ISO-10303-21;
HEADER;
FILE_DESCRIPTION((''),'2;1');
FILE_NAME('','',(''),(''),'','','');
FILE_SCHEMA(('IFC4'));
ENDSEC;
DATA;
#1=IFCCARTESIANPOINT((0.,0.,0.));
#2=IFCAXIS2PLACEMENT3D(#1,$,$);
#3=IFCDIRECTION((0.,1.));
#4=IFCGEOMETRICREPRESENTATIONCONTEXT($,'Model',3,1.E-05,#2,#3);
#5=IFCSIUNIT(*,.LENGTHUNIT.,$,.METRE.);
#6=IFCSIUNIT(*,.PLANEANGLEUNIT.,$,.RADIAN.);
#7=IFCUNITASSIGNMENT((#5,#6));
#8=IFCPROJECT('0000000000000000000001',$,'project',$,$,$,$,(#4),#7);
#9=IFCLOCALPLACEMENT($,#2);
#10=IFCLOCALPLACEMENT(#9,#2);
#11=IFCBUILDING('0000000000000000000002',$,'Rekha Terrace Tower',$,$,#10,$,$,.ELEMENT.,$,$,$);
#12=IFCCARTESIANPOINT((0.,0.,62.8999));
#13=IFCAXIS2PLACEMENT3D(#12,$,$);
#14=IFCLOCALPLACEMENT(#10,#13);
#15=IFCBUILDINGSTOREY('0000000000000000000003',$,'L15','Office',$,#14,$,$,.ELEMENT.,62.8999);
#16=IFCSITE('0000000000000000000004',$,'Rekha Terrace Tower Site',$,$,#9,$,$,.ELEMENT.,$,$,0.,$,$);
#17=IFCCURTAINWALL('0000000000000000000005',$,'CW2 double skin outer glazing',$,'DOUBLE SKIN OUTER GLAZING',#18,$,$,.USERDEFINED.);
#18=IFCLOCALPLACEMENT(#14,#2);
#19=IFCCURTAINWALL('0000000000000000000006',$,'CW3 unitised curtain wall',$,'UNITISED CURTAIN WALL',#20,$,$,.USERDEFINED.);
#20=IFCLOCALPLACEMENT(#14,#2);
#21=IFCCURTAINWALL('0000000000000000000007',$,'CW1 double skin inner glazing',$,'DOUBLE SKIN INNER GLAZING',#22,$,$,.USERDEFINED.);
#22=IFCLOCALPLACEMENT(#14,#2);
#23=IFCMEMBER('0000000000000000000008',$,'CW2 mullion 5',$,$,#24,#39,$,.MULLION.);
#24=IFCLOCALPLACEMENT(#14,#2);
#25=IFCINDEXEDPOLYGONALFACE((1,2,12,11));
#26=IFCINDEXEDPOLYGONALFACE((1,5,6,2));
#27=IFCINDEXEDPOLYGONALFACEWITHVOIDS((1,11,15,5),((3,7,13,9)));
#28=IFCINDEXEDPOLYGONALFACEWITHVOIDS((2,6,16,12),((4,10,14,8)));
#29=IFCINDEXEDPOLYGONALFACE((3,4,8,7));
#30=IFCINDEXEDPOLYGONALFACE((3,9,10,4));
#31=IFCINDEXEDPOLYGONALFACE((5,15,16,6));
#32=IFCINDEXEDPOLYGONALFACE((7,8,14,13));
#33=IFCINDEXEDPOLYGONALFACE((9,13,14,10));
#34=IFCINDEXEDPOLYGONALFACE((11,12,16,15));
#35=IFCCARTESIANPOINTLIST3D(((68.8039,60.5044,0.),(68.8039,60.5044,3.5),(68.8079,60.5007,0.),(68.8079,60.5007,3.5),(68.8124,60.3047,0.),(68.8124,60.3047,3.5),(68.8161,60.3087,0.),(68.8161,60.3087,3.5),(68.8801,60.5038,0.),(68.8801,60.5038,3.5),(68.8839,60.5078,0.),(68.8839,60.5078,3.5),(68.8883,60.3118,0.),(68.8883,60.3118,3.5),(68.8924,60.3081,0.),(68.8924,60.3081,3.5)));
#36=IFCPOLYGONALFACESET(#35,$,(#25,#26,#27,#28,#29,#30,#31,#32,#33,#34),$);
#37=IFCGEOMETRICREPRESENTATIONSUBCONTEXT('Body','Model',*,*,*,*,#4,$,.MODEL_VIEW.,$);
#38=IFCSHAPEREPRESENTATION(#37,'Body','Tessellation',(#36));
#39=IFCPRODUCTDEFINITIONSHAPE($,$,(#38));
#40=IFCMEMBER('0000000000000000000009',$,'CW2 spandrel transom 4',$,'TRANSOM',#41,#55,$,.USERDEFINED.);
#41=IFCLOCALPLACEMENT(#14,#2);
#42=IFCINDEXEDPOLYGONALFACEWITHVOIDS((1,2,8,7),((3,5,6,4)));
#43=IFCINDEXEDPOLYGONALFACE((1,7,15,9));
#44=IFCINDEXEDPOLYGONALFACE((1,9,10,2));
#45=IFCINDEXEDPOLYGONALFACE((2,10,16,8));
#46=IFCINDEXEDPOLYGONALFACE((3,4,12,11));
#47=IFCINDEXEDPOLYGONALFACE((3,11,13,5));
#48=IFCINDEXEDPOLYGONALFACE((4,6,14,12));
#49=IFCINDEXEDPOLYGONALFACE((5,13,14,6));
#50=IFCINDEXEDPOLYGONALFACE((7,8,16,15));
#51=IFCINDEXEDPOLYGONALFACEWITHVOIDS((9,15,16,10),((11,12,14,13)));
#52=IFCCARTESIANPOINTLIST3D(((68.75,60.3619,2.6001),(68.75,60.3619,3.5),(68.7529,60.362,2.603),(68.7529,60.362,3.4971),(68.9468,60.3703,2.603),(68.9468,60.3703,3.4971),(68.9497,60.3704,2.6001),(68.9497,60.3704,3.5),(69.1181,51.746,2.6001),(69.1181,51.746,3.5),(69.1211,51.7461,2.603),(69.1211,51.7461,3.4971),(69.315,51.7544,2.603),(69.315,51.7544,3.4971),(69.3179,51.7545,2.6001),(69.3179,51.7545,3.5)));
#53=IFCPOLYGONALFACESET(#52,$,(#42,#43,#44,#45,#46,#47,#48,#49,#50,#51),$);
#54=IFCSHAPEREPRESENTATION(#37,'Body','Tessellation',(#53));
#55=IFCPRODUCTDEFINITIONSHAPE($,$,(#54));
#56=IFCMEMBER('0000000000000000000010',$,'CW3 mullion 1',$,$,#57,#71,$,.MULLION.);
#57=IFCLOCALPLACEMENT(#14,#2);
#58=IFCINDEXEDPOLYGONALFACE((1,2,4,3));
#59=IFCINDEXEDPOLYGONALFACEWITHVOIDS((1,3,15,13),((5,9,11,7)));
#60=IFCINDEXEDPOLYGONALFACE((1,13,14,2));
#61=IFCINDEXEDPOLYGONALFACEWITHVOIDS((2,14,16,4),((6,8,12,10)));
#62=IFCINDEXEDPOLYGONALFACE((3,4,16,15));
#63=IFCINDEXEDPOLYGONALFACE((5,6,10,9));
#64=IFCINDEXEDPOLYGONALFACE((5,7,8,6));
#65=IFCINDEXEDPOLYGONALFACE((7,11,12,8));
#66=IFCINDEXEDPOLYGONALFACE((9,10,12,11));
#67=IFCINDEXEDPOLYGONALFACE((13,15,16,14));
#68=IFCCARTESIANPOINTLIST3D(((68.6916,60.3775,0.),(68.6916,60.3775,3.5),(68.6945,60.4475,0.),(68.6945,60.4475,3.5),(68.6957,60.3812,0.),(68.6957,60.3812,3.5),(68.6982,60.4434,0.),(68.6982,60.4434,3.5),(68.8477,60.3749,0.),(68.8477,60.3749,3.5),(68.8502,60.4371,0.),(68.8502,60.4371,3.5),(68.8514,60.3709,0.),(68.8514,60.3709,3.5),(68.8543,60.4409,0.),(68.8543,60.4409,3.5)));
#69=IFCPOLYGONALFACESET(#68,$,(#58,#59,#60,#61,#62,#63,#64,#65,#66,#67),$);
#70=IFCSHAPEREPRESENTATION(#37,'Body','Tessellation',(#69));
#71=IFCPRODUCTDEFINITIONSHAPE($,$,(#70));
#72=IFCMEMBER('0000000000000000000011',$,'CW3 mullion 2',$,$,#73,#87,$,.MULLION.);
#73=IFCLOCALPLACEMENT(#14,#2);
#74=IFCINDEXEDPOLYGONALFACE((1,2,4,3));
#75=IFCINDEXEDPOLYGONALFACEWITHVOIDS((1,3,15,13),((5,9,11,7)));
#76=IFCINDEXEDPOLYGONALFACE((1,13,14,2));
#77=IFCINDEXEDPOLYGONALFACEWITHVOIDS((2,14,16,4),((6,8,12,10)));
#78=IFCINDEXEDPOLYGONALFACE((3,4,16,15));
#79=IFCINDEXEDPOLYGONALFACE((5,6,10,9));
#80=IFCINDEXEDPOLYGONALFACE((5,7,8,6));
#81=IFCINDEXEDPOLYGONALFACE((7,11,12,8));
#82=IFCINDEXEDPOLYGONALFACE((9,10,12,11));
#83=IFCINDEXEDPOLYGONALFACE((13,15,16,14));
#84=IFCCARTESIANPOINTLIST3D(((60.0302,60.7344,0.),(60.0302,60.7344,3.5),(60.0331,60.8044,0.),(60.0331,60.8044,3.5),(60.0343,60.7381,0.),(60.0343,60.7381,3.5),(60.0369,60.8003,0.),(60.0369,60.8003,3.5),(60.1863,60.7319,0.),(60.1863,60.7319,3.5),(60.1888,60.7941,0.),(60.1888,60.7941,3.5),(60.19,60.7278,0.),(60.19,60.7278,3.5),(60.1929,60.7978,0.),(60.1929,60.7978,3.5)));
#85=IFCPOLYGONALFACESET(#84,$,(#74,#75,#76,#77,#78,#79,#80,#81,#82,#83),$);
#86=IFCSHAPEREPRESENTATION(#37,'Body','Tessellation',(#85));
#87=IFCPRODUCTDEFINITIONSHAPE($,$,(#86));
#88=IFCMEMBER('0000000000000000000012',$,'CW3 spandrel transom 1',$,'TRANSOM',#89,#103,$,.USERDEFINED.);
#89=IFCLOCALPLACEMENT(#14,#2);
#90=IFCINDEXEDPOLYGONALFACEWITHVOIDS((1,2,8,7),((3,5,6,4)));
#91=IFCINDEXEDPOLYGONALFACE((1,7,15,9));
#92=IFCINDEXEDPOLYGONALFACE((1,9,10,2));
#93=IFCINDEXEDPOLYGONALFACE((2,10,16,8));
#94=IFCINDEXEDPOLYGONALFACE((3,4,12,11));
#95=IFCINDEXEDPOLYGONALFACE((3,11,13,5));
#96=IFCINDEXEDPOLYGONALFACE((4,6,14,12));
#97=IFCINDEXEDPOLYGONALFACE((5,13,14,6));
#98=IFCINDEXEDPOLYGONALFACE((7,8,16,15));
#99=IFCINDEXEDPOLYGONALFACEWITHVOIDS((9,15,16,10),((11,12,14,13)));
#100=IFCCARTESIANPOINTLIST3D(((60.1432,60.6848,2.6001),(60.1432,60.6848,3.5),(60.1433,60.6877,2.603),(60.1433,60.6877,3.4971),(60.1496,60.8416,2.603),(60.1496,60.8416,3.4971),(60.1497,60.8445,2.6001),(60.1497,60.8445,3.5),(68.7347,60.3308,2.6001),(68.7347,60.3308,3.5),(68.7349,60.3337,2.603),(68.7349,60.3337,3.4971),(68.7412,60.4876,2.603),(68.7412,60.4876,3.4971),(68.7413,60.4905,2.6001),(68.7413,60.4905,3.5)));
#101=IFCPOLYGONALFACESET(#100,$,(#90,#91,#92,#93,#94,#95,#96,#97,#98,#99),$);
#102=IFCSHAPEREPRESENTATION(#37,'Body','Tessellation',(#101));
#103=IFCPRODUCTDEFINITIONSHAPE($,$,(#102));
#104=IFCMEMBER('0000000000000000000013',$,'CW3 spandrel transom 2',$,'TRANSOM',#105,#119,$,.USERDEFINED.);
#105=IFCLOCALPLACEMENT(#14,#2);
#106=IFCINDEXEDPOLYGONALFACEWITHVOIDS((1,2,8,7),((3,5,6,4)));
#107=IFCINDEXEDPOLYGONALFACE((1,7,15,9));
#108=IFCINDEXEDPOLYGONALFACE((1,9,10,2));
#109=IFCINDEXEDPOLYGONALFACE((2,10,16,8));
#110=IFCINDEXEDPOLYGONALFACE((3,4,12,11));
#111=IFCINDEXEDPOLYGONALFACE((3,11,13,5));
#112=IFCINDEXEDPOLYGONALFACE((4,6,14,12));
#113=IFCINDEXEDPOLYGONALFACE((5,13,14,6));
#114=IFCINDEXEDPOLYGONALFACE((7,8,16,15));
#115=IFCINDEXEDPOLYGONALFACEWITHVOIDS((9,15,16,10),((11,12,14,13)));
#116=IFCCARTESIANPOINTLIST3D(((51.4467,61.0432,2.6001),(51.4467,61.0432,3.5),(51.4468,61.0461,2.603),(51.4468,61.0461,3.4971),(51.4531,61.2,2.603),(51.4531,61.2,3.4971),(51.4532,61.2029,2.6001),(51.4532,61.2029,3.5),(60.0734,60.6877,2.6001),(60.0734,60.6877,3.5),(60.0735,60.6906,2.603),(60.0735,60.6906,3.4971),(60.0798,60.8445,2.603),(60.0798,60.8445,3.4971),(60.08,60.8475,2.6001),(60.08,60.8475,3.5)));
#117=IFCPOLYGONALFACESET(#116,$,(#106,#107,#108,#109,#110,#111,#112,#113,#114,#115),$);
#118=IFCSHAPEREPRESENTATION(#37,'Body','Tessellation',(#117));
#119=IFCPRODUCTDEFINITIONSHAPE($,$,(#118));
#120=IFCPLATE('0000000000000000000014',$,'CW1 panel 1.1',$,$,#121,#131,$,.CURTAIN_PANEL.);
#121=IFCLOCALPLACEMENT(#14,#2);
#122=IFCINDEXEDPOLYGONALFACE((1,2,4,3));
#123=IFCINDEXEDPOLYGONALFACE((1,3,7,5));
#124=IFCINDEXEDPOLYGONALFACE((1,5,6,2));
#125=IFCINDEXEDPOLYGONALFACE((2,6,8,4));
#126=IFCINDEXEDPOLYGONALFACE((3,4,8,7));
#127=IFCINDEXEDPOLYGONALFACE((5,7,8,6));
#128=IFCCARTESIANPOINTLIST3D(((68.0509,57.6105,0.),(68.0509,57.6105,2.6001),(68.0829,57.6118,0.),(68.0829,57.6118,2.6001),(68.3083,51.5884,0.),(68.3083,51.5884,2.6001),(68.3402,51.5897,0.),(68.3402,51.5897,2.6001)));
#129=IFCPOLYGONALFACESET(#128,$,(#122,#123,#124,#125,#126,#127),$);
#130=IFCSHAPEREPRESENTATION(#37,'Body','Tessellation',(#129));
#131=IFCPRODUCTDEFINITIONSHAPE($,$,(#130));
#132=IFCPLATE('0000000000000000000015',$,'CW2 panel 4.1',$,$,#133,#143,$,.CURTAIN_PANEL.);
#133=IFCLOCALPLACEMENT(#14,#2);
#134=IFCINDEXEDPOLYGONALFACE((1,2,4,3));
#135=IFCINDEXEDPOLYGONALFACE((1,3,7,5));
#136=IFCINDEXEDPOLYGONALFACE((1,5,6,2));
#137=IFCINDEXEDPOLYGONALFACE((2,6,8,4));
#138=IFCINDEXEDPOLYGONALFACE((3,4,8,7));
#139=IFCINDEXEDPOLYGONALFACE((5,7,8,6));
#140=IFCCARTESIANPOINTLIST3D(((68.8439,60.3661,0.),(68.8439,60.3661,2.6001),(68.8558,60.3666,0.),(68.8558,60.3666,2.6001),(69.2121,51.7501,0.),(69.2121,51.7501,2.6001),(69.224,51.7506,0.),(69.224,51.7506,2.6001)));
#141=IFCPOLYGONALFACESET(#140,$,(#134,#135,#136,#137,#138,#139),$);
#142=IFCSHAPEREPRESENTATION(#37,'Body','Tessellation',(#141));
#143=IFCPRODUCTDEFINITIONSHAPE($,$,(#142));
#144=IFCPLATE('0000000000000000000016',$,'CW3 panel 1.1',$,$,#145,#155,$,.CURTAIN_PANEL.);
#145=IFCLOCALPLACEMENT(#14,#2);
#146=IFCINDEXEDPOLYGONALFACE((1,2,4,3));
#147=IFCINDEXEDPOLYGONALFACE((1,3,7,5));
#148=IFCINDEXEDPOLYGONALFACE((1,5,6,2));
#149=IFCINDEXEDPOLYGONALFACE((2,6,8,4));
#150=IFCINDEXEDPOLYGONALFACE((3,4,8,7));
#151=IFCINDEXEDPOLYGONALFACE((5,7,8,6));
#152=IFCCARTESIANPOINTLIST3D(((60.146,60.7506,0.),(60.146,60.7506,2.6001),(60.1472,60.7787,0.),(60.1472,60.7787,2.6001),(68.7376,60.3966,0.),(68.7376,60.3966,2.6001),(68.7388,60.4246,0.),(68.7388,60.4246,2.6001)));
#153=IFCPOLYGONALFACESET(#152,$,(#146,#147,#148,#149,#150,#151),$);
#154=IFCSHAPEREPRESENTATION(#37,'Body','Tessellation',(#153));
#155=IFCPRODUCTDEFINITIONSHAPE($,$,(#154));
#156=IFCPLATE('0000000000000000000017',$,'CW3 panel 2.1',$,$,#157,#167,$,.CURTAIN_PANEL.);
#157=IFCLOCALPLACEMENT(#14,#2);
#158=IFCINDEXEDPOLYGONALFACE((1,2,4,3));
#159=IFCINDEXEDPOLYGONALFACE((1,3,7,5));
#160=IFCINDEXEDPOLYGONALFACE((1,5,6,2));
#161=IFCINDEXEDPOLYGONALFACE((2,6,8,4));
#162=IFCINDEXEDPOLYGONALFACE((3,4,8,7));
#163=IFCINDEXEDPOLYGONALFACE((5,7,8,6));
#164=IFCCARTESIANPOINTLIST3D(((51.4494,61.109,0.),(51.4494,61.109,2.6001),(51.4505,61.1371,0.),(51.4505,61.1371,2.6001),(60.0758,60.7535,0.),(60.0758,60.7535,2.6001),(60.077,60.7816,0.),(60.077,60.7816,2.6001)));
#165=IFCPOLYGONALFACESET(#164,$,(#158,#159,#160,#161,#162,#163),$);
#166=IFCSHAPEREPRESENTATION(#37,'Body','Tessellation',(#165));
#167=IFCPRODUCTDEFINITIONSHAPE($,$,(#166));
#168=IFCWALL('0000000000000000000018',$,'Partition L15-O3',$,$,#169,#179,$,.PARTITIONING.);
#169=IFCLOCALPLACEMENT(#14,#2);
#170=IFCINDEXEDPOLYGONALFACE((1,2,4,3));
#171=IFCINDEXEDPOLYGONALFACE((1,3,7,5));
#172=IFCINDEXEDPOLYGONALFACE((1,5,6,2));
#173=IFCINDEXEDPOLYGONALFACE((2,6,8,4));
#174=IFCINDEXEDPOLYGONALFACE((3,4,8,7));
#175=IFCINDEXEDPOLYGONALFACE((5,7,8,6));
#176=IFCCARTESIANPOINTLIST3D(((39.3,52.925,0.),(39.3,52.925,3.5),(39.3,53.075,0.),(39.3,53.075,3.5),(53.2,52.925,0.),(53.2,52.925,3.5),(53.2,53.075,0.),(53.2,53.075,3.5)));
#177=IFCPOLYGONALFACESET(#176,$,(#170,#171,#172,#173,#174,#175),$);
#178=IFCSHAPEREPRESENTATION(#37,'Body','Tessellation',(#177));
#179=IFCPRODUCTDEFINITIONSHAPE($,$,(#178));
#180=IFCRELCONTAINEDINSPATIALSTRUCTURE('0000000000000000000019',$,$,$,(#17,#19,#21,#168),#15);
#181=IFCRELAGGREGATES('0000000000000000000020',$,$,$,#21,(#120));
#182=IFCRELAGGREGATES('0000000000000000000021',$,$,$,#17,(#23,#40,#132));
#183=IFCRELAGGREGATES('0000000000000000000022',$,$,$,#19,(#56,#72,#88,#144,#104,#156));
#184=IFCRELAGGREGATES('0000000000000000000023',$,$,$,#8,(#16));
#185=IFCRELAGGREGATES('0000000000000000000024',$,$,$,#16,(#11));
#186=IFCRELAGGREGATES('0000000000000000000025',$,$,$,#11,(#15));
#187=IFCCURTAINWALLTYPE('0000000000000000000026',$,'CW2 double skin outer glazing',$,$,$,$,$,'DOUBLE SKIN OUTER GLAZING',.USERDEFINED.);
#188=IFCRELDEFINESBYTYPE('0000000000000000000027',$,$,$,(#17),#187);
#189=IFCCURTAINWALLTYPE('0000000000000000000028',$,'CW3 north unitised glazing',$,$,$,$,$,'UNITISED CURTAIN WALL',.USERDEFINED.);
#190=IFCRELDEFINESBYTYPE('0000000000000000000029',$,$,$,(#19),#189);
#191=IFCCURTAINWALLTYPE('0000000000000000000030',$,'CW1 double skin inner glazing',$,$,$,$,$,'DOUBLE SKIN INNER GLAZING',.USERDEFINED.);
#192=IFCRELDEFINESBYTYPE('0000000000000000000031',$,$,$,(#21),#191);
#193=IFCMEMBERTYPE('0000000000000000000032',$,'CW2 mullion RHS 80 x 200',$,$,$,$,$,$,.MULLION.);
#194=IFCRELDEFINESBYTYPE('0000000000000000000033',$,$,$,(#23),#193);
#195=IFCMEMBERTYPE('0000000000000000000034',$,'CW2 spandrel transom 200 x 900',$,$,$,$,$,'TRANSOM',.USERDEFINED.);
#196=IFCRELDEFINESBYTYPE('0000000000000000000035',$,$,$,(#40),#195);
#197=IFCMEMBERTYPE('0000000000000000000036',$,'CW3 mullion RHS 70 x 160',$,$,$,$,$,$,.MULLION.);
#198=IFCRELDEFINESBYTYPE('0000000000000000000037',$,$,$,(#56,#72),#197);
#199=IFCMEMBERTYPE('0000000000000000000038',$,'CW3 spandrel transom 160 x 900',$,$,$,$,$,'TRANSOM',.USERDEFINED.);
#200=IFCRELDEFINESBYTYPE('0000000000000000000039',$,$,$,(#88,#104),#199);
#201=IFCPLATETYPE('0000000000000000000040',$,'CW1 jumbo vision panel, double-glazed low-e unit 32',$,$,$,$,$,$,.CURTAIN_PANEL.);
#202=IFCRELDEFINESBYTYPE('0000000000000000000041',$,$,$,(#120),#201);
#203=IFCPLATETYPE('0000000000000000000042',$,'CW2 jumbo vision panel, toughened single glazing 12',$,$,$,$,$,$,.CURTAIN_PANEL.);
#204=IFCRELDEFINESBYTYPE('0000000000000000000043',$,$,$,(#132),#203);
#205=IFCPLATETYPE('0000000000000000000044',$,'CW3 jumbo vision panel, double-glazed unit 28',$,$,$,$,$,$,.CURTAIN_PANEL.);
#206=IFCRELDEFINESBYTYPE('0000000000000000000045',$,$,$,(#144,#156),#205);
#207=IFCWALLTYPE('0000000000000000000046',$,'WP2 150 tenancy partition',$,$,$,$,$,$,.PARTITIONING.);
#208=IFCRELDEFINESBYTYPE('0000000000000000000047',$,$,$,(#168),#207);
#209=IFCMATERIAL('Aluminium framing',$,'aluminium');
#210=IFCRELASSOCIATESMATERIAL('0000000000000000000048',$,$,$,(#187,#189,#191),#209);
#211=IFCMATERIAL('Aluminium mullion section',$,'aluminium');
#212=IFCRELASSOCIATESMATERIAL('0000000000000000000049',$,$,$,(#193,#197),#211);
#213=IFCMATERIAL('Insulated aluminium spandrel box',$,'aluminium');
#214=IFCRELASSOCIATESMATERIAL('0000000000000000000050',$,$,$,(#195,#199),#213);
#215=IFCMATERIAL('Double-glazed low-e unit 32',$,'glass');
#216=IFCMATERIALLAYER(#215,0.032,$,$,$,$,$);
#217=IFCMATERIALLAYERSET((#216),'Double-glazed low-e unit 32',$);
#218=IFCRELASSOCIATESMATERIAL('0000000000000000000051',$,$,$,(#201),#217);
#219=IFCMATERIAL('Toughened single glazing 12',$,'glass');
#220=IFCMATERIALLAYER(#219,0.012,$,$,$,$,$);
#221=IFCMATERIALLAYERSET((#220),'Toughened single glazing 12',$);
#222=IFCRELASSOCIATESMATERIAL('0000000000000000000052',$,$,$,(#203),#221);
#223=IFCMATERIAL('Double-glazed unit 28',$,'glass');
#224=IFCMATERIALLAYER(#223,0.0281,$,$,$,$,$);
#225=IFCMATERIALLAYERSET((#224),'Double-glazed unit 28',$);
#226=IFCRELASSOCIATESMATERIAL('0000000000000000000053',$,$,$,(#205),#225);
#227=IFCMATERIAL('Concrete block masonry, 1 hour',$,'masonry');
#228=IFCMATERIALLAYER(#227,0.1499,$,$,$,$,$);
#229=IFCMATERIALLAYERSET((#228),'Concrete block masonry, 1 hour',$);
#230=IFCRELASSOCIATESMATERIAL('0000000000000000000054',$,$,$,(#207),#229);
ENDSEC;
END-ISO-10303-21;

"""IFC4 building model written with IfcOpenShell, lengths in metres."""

from ifc_helpers import new_model, si_unit, direction, frame, frame_2d, origin, origin_2d, place, context, subcontext, project, spatial, rectangle, hollow_rectangle, extrude, material, layer, layer_set, material_profile, profile_set, type_object, element, aggregate, save


model = new_model("IFC4")

# Units and contexts
model_context = context("Model", 3, precision=1e-05, world=origin(), true_north=direction((0.0, 1.0)))
body_context = subcontext(model_context, "Body", "Model", "MODEL_VIEW")
ifc_project = project(units=[si_unit("LENGTHUNIT", "METRE"), si_unit("PLANEANGLEUNIT", "RADIAN")], contexts=[model_context])

# Site, building, storey
site_placement = place(None, origin())
site = spatial("IfcSite", under=ifc_project, at=site_placement, Name="Rekha Terrace Tower Site", CompositionType="ELEMENT", RefElevation=0.0)
building_placement = place(site_placement, origin())
building = spatial("IfcBuilding", under=site, at=building_placement, Name="Rekha Terrace Tower", CompositionType="ELEMENT")
storey_placement = place(building_placement, frame((0.0, 0.0, 62.8999)))
storey = spatial("IfcBuildingStorey", under=building, at=storey_placement, Name="L15", Description="Office", CompositionType="ELEMENT", Elevation=62.8999)

# Curtain wall
ifc_material_1 = material(Name="Aluminium framing", Category="aluminium")
curtain_wall_type_1 = type_object("IfcCurtainWallType", Name="CW2 double skin outer glazing", ElementType="DOUBLE SKIN OUTER GLAZING", PredefinedType="USERDEFINED", material=ifc_material_1)
curtain_wall_1_placement = place(storey_placement, origin())
curtain_wall_1 = element("IfcCurtainWall", 1, at=curtain_wall_1_placement, inside=storey, type_object=curtain_wall_type_1, Name="CW2 double skin outer glazing", ObjectType="DOUBLE SKIN OUTER GLAZING", PredefinedType="USERDEFINED")

# Curtain wall
curtain_wall_type_2 = type_object("IfcCurtainWallType", Name="CW3 north unitised glazing", ElementType="UNITISED CURTAIN WALL", PredefinedType="USERDEFINED", material=ifc_material_1)
curtain_wall_2_placement = place(storey_placement, origin())
curtain_wall_2 = element("IfcCurtainWall", 2, at=curtain_wall_2_placement, inside=storey, type_object=curtain_wall_type_2, Name="CW3 unitised curtain wall", ObjectType="UNITISED CURTAIN WALL", PredefinedType="USERDEFINED")

# Shared definitions
curtain_wall_type_3 = type_object("IfcCurtainWallType", Name="CW1 double skin inner glazing", ElementType="DOUBLE SKIN INNER GLAZING", PredefinedType="USERDEFINED", material=ifc_material_1)
ifc_material_2 = material(Name="Aluminium mullion section", Category="aluminium")

# Curtain wall
curtain_wall_3_placement = place(storey_placement, origin())
curtain_wall_3 = element("IfcCurtainWall", 3, at=curtain_wall_3_placement, inside=storey, type_object=curtain_wall_type_3, Name="CW1 double skin inner glazing", ObjectType="DOUBLE SKIN INNER GLAZING", PredefinedType="USERDEFINED")
ifc_material_3 = material(Name="Insulated aluminium spandrel box", Category="aluminium")

# Members
ifc_material_profile_1 = material_profile(ifc_material_2, hollow_rectangle(XDim=0.0801, YDim=0.2, WallThickness=0.0039, at=origin_2d()), Name="AL RHS 80x200")
ifc_profile_set_1 = profile_set([ifc_material_profile_1], Name="Aluminium mullion section")
member_type_1 = type_object("IfcMemberType", Name="CW2 mullion RHS 80 x 200", PredefinedType="MULLION", material=ifc_profile_set_1)
member_1_placement = place(storey_placement, frame((68.8481, 60.4062, 0.0), z_axis=(0.0, 0.0, 1.0), x_axis=(-0.999088, -0.042696, 0.0)))
member_1 = element("IfcMember", 4, at=member_1_placement, type_object=member_type_1, Name="CW2 mullion 5", PredefinedType="MULLION", context=body_context, shape_type="SweptSolid", body=[
    extrude(hollow_rectangle(XDim=0.0801, YDim=0.2, WallThickness=0.0039, at=origin_2d()), origin(), (0.0, 0.0, 1.0), 3.5),
])
ifc_material_profile_2 = material_profile(ifc_material_3, hollow_rectangle(XDim=0.2, YDim=0.8999, WallThickness=0.0029, at=origin_2d()), Name="AL SPANDREL BOX 200x900")
ifc_profile_set_2 = profile_set([ifc_material_profile_2], Name="Insulated aluminium spandrel box")
member_type_2 = type_object("IfcMemberType", Name="CW2 spandrel transom 200 x 900", ElementType="TRANSOM", PredefinedType="USERDEFINED", material=ifc_profile_set_2)
member_2_placement = place(storey_placement, frame((69.218, 51.7502, 3.05), z_axis=(-0.042691, 0.999088, 0.0), x_axis=(-0.999088, -0.042691, 0.0)))
member_2 = element("IfcMember", 5, at=member_2_placement, type_object=member_type_2, Name="CW2 spandrel transom 4", ObjectType="TRANSOM", PredefinedType="USERDEFINED", context=body_context, shape_type="SweptSolid", body=[
    extrude(hollow_rectangle(XDim=0.2, YDim=0.8999, WallThickness=0.0029, at=origin_2d()), origin(), (0.0, 0.0, 1.0), 8.6238),
])
ifc_material_profile_3 = material_profile(ifc_material_2, hollow_rectangle(XDim=0.0701, YDim=0.1599, WallThickness=0.0039, at=origin_2d()), Name="AL RHS 70x160")
ifc_profile_set_3 = profile_set([ifc_material_profile_3], Name="Aluminium mullion section")
member_type_3 = type_object("IfcMemberType", Name="CW3 mullion RHS 70 x 160", PredefinedType="MULLION", material=ifc_profile_set_3)
member_3_placement = place(storey_placement, frame((68.7729, 60.4092, 0.0), z_axis=(0.0, 0.0, 1.0), x_axis=(-0.041174, -0.999152, 0.0)))
member_3 = element("IfcMember", 6, at=member_3_placement, type_object=member_type_3, Name="CW3 mullion 1", PredefinedType="MULLION", context=body_context, shape_type="SweptSolid", body=[
    extrude(hollow_rectangle(XDim=0.0701, YDim=0.1599, WallThickness=0.0039, at=origin_2d()), origin(), (0.0, 0.0, 1.0), 3.5),
])
member_4_placement = place(storey_placement, frame((60.1116, 60.7661, 0.0), z_axis=(0.0, 0.0, 1.0), x_axis=(-0.041174, -0.999152, 0.0)))
member_4 = element("IfcMember", 7, at=member_4_placement, type_object=member_type_3, Name="CW3 mullion 2", PredefinedType="MULLION", context=body_context, shape_type="SweptSolid", body=[
    extrude(hollow_rectangle(XDim=0.0701, YDim=0.1599, WallThickness=0.0039, at=origin_2d()), origin(), (0.0, 0.0, 1.0), 3.5),
])
ifc_material_profile_4 = material_profile(ifc_material_3, hollow_rectangle(XDim=0.1599, YDim=0.8999, WallThickness=0.0029, at=origin_2d()), Name="AL SPANDREL BOX 160x900")
ifc_profile_set_4 = profile_set([ifc_material_profile_4], Name="Insulated aluminium spandrel box")
member_type_4 = type_object("IfcMemberType", Name="CW3 spandrel transom 160 x 900", ElementType="TRANSOM", PredefinedType="USERDEFINED", material=ifc_profile_set_4)
member_5_placement = place(storey_placement, frame((68.738, 60.4106, 3.05), z_axis=(-0.999152, 0.041169, 0.0), x_axis=(-0.041169, -0.999152, 0.0)))
member_5 = element("IfcMember", 8, at=member_5_placement, type_object=member_type_4, Name="CW3 spandrel transom 1", ObjectType="TRANSOM", PredefinedType="USERDEFINED", context=body_context, shape_type="SweptSolid", body=[
    extrude(hollow_rectangle(XDim=0.1599, YDim=0.8999, WallThickness=0.0029, at=origin_2d()), origin(), (0.0, 0.0, 1.0), 8.5989),
])
member_6_placement = place(storey_placement, frame((60.0767, 60.7676, 3.05), z_axis=(-0.999152, 0.041171, 0.0), x_axis=(-0.041171, -0.999152, 0.0)))
member_6 = element("IfcMember", 9, at=member_6_placement, type_object=member_type_4, Name="CW3 spandrel transom 2", ObjectType="TRANSOM", PredefinedType="USERDEFINED", context=body_context, shape_type="SweptSolid", body=[
    extrude(hollow_rectangle(XDim=0.1599, YDim=0.8999, WallThickness=0.0029, at=origin_2d()), origin(), (0.0, 0.0, 1.0), 8.634),
])

# Plates
ifc_material_4 = material(Name="Double-glazed low-e unit 32", Category="glass")
ifc_layer_1 = layer(ifc_material_4, 0.032)
ifc_layer_set_1 = layer_set([ifc_layer_1], Name="Double-glazed low-e unit 32")
plate_type_1 = type_object("IfcPlateType", Name="CW1 jumbo vision panel, double-glazed low-e unit 32", PredefinedType="CURTAIN_PANEL", material=ifc_layer_set_1)
plate_1_placement = place(storey_placement, frame((68.1956, 54.6001, 0.0), z_axis=(0.0, 0.0, 1.0), x_axis=(-0.042696, 0.999088, 0.0)))
plate_1 = element("IfcPlate", 10, at=plate_1_placement, type_object=plate_type_1, Name="CW1 panel 1.1", PredefinedType="CURTAIN_PANEL", context=body_context, shape_type="SweptSolid", body=[
    extrude(rectangle(XDim=6.0276, YDim=0.032, at=origin_2d()), origin(), (0.0, 0.0, 1.0), 2.6001),
])
aggregate(curtain_wall_3, [plate_1])
ifc_material_5 = material(Name="Toughened single glazing 12", Category="glass")
ifc_layer_2 = layer(ifc_material_5, 0.012)
ifc_layer_set_2 = layer_set([ifc_layer_2], Name="Toughened single glazing 12")
plate_type_2 = type_object("IfcPlateType", Name="CW2 jumbo vision panel, toughened single glazing 12", PredefinedType="CURTAIN_PANEL", material=ifc_layer_set_2)
plate_2_placement = place(storey_placement, frame((69.0339, 56.0583, 0.0), z_axis=(0.0, 0.0, 1.0), x_axis=(-0.042696, 0.999088, 0.0)))
plate_2 = element("IfcPlate", 11, at=plate_2_placement, type_object=plate_type_2, Name="CW2 panel 4.1", PredefinedType="CURTAIN_PANEL", context=body_context, shape_type="SweptSolid", body=[
    extrude(rectangle(XDim=8.6238, YDim=0.012, at=origin_2d()), origin(), (0.0, 0.0, 1.0), 2.6001),
])
aggregate(curtain_wall_1, [member_1, member_2, plate_2])
ifc_material_6 = material(Name="Double-glazed unit 28", Category="glass")
ifc_layer_3 = layer(ifc_material_6, 0.0281)
ifc_layer_set_3 = layer_set([ifc_layer_3], Name="Double-glazed unit 28")
plate_type_3 = type_object("IfcPlateType", Name="CW3 jumbo vision panel, double-glazed unit 28", PredefinedType="CURTAIN_PANEL", material=ifc_layer_set_3)
plate_3_placement = place(storey_placement, frame((64.4424, 60.5876, 0.0), z_axis=(0.0, 0.0, 1.0), x_axis=(-0.999152, 0.041174, 0.0)))
plate_3 = element("IfcPlate", 12, at=plate_3_placement, type_object=plate_type_3, Name="CW3 panel 1.1", PredefinedType="CURTAIN_PANEL", context=body_context, shape_type="SweptSolid", body=[
    extrude(rectangle(XDim=8.5989, YDim=0.0281, at=origin_2d()), origin(), (0.0, 0.0, 1.0), 2.6001),
])
plate_4_placement = place(storey_placement, frame((55.7632, 60.9453, 0.0), z_axis=(0.0, 0.0, 1.0), x_axis=(-0.999152, 0.041174, 0.0)))
plate_4 = element("IfcPlate", 13, at=plate_4_placement, type_object=plate_type_3, Name="CW3 panel 2.1", PredefinedType="CURTAIN_PANEL", context=body_context, shape_type="SweptSolid", body=[
    extrude(rectangle(XDim=8.6338, YDim=0.0281, at=origin_2d()), origin(), (0.0, 0.0, 1.0), 2.6001),
])
aggregate(curtain_wall_2, [member_3, member_4, member_5, plate_3, member_6, plate_4])

# Wall
ifc_material_7 = material(Name="Concrete block masonry, 1 hour", Category="masonry")
ifc_layer_4 = layer(ifc_material_7, 0.1499)
ifc_layer_set_4 = layer_set([ifc_layer_4], Name="Concrete block masonry, 1 hour")
wall_type_1 = type_object("IfcWallType", Name="WP2 150 tenancy partition", PredefinedType="PARTITIONING", material=ifc_layer_set_4)
wall_1_placement = place(storey_placement, frame((53.2, 53.0, 0.0), z_axis=(0.0, 0.0, 1.0), x_axis=(-1.0, 0.0, 0.0)))
element("IfcWall", 14, at=wall_1_placement, inside=storey, type_object=wall_type_1, Name="Partition L15-O3", PredefinedType="PARTITIONING", context=body_context, shape_type="SweptSolid", body=[
    extrude(rectangle(XDim=13.8999, YDim=0.1499, at=frame_2d((6.95, 0.0))), origin(), (0.0, 0.0, 1.0), 3.5),
])

save(model, "model.ifc")
